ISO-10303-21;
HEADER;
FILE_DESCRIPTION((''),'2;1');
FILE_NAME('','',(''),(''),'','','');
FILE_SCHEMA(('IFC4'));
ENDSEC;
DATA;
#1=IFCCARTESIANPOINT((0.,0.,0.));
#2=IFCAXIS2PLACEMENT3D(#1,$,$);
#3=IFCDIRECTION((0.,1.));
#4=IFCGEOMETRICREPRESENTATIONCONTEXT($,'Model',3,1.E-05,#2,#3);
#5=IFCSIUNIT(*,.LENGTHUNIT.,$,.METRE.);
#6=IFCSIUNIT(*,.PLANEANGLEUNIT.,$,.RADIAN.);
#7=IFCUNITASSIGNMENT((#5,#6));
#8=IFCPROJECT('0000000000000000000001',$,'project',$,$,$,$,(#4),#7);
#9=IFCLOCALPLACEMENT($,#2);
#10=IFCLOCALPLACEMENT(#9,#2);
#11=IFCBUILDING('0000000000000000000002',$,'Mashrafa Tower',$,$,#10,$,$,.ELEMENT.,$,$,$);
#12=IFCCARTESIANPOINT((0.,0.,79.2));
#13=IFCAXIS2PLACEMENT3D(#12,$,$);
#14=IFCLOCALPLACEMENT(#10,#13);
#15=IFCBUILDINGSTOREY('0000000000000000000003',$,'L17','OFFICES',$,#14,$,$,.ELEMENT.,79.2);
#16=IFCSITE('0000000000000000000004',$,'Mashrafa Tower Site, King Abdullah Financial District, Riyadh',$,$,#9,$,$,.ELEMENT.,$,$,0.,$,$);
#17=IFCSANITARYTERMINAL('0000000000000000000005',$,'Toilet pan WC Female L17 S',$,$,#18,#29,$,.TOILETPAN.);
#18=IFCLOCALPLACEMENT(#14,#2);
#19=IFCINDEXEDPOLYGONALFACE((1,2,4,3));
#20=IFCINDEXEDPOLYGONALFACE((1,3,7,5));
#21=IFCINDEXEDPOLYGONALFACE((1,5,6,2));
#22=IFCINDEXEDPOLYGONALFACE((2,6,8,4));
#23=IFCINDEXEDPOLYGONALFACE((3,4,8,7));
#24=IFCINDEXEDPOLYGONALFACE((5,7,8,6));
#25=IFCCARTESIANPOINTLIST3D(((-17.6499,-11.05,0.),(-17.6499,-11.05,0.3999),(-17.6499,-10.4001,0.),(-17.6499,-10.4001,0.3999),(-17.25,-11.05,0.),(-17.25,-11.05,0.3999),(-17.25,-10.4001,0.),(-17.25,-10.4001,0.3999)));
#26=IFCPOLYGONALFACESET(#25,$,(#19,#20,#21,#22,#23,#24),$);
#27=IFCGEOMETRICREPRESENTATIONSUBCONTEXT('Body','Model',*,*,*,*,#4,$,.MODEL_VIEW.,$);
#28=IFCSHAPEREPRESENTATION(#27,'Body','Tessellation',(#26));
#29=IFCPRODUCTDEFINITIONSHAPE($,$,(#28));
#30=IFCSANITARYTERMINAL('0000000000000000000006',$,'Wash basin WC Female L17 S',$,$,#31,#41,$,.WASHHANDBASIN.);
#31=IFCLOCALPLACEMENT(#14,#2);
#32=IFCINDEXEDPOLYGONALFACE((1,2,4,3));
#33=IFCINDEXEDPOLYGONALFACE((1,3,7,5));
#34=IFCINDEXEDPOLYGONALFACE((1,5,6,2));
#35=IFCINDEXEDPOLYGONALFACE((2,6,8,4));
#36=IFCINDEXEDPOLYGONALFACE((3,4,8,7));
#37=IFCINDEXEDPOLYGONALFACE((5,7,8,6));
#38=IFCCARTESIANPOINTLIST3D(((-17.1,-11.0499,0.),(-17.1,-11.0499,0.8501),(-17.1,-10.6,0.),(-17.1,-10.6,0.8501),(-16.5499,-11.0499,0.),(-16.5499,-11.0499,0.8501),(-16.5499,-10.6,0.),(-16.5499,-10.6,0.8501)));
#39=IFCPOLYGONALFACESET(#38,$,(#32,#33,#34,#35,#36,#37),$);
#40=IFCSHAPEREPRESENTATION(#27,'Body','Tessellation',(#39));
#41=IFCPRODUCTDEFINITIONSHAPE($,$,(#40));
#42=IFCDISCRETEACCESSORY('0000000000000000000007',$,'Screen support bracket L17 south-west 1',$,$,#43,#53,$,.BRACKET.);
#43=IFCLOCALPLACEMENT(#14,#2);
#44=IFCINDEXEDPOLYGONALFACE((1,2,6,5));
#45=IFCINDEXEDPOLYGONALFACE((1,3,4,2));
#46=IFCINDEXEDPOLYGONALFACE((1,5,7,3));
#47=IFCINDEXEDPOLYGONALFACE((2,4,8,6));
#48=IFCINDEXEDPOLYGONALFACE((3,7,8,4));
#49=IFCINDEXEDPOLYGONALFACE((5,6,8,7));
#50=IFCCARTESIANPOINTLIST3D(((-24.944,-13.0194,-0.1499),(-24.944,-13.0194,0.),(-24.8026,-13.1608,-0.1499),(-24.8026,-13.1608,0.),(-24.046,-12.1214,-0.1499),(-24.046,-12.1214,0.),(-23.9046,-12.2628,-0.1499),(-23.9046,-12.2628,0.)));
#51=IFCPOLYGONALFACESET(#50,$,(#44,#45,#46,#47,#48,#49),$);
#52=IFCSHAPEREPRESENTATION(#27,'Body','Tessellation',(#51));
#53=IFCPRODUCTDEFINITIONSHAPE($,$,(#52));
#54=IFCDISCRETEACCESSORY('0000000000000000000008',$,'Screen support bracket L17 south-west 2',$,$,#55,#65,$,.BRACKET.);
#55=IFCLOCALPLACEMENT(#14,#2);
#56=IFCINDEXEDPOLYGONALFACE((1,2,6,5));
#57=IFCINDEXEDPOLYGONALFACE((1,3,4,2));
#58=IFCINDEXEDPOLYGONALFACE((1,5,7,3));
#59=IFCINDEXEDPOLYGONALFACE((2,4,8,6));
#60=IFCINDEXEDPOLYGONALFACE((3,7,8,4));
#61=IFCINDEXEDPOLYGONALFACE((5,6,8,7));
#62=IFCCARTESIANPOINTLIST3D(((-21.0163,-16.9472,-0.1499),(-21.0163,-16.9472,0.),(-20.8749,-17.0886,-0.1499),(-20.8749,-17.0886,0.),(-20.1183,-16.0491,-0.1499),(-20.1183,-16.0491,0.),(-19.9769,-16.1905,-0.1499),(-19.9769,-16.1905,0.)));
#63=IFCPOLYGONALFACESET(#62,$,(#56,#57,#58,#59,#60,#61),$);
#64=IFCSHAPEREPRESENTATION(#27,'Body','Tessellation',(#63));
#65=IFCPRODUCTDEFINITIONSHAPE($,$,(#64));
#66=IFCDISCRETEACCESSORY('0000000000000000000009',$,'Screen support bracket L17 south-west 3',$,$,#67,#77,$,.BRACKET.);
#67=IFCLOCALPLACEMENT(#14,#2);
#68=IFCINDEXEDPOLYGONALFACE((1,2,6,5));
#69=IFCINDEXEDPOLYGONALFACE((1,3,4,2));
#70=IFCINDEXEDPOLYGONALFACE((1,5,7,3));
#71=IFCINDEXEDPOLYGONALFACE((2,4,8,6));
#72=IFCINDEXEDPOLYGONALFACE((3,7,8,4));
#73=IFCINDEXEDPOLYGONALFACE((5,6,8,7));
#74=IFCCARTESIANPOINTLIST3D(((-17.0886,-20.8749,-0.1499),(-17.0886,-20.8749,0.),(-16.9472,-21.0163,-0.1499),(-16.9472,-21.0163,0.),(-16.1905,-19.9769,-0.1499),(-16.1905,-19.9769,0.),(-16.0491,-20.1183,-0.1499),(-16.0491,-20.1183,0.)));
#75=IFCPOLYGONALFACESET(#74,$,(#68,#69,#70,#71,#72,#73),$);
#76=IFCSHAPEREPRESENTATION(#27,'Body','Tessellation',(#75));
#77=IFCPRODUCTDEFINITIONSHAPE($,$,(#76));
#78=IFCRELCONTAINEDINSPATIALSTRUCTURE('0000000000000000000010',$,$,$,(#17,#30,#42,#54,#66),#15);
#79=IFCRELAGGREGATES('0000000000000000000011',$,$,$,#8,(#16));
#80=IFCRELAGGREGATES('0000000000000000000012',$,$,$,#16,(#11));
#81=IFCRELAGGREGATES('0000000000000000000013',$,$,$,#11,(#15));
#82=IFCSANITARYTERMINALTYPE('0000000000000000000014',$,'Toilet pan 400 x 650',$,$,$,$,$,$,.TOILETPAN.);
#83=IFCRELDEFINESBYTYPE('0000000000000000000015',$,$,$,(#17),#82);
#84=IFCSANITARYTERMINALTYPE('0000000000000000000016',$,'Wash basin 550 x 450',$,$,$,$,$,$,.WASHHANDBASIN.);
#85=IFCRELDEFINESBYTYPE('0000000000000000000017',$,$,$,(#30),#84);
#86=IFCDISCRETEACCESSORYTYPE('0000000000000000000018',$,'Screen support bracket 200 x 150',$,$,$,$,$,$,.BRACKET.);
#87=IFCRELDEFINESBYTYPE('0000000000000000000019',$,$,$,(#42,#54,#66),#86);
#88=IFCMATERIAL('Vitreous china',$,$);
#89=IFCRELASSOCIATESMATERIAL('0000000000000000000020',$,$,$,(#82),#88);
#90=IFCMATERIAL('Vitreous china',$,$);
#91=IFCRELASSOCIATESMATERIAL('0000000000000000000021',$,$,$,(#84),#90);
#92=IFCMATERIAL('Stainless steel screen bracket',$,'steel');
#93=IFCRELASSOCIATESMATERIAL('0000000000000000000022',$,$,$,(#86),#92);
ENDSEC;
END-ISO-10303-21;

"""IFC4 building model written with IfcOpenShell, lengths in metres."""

from ifc_helpers import new_model, si_unit, direction, frame, origin, origin_2d, place, context, subcontext, project, spatial, rectangle, extrude, source, transform, mapped, material, type_object, type_shapes, element, save


model = new_model("IFC4")

# Units and contexts
model_context = context("Model", 3, precision=1e-05, world=origin(), true_north=direction((0.0, 1.0)))
body_context = subcontext(model_context, "Body", "Model", "MODEL_VIEW")
ifc_project = project(units=[si_unit("LENGTHUNIT", "METRE"), si_unit("PLANEANGLEUNIT", "RADIAN")], contexts=[model_context])

# Site, building, storey
site_placement = place(None, origin())
site = spatial("IfcSite", under=ifc_project, at=site_placement, Name="Mashrafa Tower Site, King Abdullah Financial District, Riyadh", CompositionType="ELEMENT", RefElevation=0.0)
building_placement = place(site_placement, origin())
building = spatial("IfcBuilding", under=site, at=building_placement, Name="Mashrafa Tower", CompositionType="ELEMENT")
storey_placement = place(building_placement, frame((0.0, 0.0, 79.2)))
storey = spatial("IfcBuildingStorey", under=building, at=storey_placement, Name="L17", Description="OFFICES", CompositionType="ELEMENT", Elevation=79.2)

# Sanitary terminals
ifc_material_1 = material(Name="Vitreous china")
sanitary_terminal_type_1 = type_object("IfcSanitaryTerminalType", Name="Toilet pan 400 x 650", PredefinedType="TOILETPAN", material=ifc_material_1)
sanitary_terminal_1_placement = place(storey_placement, frame((-17.45, -10.7251, 0.0), z_axis=(0.0, 0.0, 1.0), x_axis=(1.0, 0.0, 0.0)))
element("IfcSanitaryTerminal", 1, at=sanitary_terminal_1_placement, inside=storey, type_object=sanitary_terminal_type_1, Name="Toilet pan WC Female L17 S", PredefinedType="TOILETPAN", context=body_context, shape_type="SweptSolid", body=[
    extrude(rectangle(XDim=0.3999, YDim=0.6499, at=origin_2d()), origin(), (0.0, 0.0, 1.0), 0.3999),
])
ifc_material_2 = material(Name="Vitreous china")
sanitary_terminal_type_2 = type_object("IfcSanitaryTerminalType", Name="Wash basin 550 x 450", PredefinedType="WASHHANDBASIN", material=ifc_material_2)
sanitary_terminal_2_placement = place(storey_placement, frame((-16.825, -10.825, 0.0), z_axis=(0.0, 0.0, 1.0), x_axis=(1.0, 0.0, 0.0)))
element("IfcSanitaryTerminal", 2, at=sanitary_terminal_2_placement, inside=storey, type_object=sanitary_terminal_type_2, Name="Wash basin WC Female L17 S", PredefinedType="WASHHANDBASIN", context=body_context, shape_type="SweptSolid", body=[
    extrude(rectangle(XDim=0.55, YDim=0.45, at=origin_2d()), origin(), (0.0, 0.0, 1.0), 0.8501),
])

# Discrete accessories
ifc_material_3 = material(Name="Stainless steel screen bracket", Category="steel")
discrete_accessory_type = type_object("IfcDiscreteAccessoryType", Name="Screen support bracket 200 x 150", PredefinedType="BRACKET", material=ifc_material_3)
shared_shape_1 = source(origin(), body_context, "Body", "SweptSolid", [
    extrude(rectangle(XDim=0.2, YDim=1.27, at=origin_2d()), origin(), (0.0, 0.0, 1.0), 0.1499),
])
type_shapes(discrete_accessory_type, [shared_shape_1])
for number, where, z_axis, x_axis, name in (
    (3, (-24.4243, -12.6411, -0.1499), (0.0, 0.0, 1.0), (0.707107, -0.707107, 0.0), "Screen support bracket L17 south-west 1"),
    (4, (-20.4966, -16.5688, -0.1499), (0.0, 0.0, 1.0), (0.707107, -0.707107, 0.0), "Screen support bracket L17 south-west 2"),
    (5, (-16.5688, -20.4966, -0.1499), (0.0, 0.0, 1.0), (0.707107, -0.707107, 0.0), "Screen support bracket L17 south-west 3"),
):
    element("IfcDiscreteAccessory", number, at=place(storey_placement, frame(where, z_axis=z_axis, x_axis=x_axis)), inside=storey, type_object=discrete_accessory_type, Name=name, PredefinedType="BRACKET", context=body_context, shape_type="MappedRepresentation", body=[
        mapped(shared_shape_1, transform((0.0, 0.0, 0.0))),
    ])

save(model, "model.ifc")
